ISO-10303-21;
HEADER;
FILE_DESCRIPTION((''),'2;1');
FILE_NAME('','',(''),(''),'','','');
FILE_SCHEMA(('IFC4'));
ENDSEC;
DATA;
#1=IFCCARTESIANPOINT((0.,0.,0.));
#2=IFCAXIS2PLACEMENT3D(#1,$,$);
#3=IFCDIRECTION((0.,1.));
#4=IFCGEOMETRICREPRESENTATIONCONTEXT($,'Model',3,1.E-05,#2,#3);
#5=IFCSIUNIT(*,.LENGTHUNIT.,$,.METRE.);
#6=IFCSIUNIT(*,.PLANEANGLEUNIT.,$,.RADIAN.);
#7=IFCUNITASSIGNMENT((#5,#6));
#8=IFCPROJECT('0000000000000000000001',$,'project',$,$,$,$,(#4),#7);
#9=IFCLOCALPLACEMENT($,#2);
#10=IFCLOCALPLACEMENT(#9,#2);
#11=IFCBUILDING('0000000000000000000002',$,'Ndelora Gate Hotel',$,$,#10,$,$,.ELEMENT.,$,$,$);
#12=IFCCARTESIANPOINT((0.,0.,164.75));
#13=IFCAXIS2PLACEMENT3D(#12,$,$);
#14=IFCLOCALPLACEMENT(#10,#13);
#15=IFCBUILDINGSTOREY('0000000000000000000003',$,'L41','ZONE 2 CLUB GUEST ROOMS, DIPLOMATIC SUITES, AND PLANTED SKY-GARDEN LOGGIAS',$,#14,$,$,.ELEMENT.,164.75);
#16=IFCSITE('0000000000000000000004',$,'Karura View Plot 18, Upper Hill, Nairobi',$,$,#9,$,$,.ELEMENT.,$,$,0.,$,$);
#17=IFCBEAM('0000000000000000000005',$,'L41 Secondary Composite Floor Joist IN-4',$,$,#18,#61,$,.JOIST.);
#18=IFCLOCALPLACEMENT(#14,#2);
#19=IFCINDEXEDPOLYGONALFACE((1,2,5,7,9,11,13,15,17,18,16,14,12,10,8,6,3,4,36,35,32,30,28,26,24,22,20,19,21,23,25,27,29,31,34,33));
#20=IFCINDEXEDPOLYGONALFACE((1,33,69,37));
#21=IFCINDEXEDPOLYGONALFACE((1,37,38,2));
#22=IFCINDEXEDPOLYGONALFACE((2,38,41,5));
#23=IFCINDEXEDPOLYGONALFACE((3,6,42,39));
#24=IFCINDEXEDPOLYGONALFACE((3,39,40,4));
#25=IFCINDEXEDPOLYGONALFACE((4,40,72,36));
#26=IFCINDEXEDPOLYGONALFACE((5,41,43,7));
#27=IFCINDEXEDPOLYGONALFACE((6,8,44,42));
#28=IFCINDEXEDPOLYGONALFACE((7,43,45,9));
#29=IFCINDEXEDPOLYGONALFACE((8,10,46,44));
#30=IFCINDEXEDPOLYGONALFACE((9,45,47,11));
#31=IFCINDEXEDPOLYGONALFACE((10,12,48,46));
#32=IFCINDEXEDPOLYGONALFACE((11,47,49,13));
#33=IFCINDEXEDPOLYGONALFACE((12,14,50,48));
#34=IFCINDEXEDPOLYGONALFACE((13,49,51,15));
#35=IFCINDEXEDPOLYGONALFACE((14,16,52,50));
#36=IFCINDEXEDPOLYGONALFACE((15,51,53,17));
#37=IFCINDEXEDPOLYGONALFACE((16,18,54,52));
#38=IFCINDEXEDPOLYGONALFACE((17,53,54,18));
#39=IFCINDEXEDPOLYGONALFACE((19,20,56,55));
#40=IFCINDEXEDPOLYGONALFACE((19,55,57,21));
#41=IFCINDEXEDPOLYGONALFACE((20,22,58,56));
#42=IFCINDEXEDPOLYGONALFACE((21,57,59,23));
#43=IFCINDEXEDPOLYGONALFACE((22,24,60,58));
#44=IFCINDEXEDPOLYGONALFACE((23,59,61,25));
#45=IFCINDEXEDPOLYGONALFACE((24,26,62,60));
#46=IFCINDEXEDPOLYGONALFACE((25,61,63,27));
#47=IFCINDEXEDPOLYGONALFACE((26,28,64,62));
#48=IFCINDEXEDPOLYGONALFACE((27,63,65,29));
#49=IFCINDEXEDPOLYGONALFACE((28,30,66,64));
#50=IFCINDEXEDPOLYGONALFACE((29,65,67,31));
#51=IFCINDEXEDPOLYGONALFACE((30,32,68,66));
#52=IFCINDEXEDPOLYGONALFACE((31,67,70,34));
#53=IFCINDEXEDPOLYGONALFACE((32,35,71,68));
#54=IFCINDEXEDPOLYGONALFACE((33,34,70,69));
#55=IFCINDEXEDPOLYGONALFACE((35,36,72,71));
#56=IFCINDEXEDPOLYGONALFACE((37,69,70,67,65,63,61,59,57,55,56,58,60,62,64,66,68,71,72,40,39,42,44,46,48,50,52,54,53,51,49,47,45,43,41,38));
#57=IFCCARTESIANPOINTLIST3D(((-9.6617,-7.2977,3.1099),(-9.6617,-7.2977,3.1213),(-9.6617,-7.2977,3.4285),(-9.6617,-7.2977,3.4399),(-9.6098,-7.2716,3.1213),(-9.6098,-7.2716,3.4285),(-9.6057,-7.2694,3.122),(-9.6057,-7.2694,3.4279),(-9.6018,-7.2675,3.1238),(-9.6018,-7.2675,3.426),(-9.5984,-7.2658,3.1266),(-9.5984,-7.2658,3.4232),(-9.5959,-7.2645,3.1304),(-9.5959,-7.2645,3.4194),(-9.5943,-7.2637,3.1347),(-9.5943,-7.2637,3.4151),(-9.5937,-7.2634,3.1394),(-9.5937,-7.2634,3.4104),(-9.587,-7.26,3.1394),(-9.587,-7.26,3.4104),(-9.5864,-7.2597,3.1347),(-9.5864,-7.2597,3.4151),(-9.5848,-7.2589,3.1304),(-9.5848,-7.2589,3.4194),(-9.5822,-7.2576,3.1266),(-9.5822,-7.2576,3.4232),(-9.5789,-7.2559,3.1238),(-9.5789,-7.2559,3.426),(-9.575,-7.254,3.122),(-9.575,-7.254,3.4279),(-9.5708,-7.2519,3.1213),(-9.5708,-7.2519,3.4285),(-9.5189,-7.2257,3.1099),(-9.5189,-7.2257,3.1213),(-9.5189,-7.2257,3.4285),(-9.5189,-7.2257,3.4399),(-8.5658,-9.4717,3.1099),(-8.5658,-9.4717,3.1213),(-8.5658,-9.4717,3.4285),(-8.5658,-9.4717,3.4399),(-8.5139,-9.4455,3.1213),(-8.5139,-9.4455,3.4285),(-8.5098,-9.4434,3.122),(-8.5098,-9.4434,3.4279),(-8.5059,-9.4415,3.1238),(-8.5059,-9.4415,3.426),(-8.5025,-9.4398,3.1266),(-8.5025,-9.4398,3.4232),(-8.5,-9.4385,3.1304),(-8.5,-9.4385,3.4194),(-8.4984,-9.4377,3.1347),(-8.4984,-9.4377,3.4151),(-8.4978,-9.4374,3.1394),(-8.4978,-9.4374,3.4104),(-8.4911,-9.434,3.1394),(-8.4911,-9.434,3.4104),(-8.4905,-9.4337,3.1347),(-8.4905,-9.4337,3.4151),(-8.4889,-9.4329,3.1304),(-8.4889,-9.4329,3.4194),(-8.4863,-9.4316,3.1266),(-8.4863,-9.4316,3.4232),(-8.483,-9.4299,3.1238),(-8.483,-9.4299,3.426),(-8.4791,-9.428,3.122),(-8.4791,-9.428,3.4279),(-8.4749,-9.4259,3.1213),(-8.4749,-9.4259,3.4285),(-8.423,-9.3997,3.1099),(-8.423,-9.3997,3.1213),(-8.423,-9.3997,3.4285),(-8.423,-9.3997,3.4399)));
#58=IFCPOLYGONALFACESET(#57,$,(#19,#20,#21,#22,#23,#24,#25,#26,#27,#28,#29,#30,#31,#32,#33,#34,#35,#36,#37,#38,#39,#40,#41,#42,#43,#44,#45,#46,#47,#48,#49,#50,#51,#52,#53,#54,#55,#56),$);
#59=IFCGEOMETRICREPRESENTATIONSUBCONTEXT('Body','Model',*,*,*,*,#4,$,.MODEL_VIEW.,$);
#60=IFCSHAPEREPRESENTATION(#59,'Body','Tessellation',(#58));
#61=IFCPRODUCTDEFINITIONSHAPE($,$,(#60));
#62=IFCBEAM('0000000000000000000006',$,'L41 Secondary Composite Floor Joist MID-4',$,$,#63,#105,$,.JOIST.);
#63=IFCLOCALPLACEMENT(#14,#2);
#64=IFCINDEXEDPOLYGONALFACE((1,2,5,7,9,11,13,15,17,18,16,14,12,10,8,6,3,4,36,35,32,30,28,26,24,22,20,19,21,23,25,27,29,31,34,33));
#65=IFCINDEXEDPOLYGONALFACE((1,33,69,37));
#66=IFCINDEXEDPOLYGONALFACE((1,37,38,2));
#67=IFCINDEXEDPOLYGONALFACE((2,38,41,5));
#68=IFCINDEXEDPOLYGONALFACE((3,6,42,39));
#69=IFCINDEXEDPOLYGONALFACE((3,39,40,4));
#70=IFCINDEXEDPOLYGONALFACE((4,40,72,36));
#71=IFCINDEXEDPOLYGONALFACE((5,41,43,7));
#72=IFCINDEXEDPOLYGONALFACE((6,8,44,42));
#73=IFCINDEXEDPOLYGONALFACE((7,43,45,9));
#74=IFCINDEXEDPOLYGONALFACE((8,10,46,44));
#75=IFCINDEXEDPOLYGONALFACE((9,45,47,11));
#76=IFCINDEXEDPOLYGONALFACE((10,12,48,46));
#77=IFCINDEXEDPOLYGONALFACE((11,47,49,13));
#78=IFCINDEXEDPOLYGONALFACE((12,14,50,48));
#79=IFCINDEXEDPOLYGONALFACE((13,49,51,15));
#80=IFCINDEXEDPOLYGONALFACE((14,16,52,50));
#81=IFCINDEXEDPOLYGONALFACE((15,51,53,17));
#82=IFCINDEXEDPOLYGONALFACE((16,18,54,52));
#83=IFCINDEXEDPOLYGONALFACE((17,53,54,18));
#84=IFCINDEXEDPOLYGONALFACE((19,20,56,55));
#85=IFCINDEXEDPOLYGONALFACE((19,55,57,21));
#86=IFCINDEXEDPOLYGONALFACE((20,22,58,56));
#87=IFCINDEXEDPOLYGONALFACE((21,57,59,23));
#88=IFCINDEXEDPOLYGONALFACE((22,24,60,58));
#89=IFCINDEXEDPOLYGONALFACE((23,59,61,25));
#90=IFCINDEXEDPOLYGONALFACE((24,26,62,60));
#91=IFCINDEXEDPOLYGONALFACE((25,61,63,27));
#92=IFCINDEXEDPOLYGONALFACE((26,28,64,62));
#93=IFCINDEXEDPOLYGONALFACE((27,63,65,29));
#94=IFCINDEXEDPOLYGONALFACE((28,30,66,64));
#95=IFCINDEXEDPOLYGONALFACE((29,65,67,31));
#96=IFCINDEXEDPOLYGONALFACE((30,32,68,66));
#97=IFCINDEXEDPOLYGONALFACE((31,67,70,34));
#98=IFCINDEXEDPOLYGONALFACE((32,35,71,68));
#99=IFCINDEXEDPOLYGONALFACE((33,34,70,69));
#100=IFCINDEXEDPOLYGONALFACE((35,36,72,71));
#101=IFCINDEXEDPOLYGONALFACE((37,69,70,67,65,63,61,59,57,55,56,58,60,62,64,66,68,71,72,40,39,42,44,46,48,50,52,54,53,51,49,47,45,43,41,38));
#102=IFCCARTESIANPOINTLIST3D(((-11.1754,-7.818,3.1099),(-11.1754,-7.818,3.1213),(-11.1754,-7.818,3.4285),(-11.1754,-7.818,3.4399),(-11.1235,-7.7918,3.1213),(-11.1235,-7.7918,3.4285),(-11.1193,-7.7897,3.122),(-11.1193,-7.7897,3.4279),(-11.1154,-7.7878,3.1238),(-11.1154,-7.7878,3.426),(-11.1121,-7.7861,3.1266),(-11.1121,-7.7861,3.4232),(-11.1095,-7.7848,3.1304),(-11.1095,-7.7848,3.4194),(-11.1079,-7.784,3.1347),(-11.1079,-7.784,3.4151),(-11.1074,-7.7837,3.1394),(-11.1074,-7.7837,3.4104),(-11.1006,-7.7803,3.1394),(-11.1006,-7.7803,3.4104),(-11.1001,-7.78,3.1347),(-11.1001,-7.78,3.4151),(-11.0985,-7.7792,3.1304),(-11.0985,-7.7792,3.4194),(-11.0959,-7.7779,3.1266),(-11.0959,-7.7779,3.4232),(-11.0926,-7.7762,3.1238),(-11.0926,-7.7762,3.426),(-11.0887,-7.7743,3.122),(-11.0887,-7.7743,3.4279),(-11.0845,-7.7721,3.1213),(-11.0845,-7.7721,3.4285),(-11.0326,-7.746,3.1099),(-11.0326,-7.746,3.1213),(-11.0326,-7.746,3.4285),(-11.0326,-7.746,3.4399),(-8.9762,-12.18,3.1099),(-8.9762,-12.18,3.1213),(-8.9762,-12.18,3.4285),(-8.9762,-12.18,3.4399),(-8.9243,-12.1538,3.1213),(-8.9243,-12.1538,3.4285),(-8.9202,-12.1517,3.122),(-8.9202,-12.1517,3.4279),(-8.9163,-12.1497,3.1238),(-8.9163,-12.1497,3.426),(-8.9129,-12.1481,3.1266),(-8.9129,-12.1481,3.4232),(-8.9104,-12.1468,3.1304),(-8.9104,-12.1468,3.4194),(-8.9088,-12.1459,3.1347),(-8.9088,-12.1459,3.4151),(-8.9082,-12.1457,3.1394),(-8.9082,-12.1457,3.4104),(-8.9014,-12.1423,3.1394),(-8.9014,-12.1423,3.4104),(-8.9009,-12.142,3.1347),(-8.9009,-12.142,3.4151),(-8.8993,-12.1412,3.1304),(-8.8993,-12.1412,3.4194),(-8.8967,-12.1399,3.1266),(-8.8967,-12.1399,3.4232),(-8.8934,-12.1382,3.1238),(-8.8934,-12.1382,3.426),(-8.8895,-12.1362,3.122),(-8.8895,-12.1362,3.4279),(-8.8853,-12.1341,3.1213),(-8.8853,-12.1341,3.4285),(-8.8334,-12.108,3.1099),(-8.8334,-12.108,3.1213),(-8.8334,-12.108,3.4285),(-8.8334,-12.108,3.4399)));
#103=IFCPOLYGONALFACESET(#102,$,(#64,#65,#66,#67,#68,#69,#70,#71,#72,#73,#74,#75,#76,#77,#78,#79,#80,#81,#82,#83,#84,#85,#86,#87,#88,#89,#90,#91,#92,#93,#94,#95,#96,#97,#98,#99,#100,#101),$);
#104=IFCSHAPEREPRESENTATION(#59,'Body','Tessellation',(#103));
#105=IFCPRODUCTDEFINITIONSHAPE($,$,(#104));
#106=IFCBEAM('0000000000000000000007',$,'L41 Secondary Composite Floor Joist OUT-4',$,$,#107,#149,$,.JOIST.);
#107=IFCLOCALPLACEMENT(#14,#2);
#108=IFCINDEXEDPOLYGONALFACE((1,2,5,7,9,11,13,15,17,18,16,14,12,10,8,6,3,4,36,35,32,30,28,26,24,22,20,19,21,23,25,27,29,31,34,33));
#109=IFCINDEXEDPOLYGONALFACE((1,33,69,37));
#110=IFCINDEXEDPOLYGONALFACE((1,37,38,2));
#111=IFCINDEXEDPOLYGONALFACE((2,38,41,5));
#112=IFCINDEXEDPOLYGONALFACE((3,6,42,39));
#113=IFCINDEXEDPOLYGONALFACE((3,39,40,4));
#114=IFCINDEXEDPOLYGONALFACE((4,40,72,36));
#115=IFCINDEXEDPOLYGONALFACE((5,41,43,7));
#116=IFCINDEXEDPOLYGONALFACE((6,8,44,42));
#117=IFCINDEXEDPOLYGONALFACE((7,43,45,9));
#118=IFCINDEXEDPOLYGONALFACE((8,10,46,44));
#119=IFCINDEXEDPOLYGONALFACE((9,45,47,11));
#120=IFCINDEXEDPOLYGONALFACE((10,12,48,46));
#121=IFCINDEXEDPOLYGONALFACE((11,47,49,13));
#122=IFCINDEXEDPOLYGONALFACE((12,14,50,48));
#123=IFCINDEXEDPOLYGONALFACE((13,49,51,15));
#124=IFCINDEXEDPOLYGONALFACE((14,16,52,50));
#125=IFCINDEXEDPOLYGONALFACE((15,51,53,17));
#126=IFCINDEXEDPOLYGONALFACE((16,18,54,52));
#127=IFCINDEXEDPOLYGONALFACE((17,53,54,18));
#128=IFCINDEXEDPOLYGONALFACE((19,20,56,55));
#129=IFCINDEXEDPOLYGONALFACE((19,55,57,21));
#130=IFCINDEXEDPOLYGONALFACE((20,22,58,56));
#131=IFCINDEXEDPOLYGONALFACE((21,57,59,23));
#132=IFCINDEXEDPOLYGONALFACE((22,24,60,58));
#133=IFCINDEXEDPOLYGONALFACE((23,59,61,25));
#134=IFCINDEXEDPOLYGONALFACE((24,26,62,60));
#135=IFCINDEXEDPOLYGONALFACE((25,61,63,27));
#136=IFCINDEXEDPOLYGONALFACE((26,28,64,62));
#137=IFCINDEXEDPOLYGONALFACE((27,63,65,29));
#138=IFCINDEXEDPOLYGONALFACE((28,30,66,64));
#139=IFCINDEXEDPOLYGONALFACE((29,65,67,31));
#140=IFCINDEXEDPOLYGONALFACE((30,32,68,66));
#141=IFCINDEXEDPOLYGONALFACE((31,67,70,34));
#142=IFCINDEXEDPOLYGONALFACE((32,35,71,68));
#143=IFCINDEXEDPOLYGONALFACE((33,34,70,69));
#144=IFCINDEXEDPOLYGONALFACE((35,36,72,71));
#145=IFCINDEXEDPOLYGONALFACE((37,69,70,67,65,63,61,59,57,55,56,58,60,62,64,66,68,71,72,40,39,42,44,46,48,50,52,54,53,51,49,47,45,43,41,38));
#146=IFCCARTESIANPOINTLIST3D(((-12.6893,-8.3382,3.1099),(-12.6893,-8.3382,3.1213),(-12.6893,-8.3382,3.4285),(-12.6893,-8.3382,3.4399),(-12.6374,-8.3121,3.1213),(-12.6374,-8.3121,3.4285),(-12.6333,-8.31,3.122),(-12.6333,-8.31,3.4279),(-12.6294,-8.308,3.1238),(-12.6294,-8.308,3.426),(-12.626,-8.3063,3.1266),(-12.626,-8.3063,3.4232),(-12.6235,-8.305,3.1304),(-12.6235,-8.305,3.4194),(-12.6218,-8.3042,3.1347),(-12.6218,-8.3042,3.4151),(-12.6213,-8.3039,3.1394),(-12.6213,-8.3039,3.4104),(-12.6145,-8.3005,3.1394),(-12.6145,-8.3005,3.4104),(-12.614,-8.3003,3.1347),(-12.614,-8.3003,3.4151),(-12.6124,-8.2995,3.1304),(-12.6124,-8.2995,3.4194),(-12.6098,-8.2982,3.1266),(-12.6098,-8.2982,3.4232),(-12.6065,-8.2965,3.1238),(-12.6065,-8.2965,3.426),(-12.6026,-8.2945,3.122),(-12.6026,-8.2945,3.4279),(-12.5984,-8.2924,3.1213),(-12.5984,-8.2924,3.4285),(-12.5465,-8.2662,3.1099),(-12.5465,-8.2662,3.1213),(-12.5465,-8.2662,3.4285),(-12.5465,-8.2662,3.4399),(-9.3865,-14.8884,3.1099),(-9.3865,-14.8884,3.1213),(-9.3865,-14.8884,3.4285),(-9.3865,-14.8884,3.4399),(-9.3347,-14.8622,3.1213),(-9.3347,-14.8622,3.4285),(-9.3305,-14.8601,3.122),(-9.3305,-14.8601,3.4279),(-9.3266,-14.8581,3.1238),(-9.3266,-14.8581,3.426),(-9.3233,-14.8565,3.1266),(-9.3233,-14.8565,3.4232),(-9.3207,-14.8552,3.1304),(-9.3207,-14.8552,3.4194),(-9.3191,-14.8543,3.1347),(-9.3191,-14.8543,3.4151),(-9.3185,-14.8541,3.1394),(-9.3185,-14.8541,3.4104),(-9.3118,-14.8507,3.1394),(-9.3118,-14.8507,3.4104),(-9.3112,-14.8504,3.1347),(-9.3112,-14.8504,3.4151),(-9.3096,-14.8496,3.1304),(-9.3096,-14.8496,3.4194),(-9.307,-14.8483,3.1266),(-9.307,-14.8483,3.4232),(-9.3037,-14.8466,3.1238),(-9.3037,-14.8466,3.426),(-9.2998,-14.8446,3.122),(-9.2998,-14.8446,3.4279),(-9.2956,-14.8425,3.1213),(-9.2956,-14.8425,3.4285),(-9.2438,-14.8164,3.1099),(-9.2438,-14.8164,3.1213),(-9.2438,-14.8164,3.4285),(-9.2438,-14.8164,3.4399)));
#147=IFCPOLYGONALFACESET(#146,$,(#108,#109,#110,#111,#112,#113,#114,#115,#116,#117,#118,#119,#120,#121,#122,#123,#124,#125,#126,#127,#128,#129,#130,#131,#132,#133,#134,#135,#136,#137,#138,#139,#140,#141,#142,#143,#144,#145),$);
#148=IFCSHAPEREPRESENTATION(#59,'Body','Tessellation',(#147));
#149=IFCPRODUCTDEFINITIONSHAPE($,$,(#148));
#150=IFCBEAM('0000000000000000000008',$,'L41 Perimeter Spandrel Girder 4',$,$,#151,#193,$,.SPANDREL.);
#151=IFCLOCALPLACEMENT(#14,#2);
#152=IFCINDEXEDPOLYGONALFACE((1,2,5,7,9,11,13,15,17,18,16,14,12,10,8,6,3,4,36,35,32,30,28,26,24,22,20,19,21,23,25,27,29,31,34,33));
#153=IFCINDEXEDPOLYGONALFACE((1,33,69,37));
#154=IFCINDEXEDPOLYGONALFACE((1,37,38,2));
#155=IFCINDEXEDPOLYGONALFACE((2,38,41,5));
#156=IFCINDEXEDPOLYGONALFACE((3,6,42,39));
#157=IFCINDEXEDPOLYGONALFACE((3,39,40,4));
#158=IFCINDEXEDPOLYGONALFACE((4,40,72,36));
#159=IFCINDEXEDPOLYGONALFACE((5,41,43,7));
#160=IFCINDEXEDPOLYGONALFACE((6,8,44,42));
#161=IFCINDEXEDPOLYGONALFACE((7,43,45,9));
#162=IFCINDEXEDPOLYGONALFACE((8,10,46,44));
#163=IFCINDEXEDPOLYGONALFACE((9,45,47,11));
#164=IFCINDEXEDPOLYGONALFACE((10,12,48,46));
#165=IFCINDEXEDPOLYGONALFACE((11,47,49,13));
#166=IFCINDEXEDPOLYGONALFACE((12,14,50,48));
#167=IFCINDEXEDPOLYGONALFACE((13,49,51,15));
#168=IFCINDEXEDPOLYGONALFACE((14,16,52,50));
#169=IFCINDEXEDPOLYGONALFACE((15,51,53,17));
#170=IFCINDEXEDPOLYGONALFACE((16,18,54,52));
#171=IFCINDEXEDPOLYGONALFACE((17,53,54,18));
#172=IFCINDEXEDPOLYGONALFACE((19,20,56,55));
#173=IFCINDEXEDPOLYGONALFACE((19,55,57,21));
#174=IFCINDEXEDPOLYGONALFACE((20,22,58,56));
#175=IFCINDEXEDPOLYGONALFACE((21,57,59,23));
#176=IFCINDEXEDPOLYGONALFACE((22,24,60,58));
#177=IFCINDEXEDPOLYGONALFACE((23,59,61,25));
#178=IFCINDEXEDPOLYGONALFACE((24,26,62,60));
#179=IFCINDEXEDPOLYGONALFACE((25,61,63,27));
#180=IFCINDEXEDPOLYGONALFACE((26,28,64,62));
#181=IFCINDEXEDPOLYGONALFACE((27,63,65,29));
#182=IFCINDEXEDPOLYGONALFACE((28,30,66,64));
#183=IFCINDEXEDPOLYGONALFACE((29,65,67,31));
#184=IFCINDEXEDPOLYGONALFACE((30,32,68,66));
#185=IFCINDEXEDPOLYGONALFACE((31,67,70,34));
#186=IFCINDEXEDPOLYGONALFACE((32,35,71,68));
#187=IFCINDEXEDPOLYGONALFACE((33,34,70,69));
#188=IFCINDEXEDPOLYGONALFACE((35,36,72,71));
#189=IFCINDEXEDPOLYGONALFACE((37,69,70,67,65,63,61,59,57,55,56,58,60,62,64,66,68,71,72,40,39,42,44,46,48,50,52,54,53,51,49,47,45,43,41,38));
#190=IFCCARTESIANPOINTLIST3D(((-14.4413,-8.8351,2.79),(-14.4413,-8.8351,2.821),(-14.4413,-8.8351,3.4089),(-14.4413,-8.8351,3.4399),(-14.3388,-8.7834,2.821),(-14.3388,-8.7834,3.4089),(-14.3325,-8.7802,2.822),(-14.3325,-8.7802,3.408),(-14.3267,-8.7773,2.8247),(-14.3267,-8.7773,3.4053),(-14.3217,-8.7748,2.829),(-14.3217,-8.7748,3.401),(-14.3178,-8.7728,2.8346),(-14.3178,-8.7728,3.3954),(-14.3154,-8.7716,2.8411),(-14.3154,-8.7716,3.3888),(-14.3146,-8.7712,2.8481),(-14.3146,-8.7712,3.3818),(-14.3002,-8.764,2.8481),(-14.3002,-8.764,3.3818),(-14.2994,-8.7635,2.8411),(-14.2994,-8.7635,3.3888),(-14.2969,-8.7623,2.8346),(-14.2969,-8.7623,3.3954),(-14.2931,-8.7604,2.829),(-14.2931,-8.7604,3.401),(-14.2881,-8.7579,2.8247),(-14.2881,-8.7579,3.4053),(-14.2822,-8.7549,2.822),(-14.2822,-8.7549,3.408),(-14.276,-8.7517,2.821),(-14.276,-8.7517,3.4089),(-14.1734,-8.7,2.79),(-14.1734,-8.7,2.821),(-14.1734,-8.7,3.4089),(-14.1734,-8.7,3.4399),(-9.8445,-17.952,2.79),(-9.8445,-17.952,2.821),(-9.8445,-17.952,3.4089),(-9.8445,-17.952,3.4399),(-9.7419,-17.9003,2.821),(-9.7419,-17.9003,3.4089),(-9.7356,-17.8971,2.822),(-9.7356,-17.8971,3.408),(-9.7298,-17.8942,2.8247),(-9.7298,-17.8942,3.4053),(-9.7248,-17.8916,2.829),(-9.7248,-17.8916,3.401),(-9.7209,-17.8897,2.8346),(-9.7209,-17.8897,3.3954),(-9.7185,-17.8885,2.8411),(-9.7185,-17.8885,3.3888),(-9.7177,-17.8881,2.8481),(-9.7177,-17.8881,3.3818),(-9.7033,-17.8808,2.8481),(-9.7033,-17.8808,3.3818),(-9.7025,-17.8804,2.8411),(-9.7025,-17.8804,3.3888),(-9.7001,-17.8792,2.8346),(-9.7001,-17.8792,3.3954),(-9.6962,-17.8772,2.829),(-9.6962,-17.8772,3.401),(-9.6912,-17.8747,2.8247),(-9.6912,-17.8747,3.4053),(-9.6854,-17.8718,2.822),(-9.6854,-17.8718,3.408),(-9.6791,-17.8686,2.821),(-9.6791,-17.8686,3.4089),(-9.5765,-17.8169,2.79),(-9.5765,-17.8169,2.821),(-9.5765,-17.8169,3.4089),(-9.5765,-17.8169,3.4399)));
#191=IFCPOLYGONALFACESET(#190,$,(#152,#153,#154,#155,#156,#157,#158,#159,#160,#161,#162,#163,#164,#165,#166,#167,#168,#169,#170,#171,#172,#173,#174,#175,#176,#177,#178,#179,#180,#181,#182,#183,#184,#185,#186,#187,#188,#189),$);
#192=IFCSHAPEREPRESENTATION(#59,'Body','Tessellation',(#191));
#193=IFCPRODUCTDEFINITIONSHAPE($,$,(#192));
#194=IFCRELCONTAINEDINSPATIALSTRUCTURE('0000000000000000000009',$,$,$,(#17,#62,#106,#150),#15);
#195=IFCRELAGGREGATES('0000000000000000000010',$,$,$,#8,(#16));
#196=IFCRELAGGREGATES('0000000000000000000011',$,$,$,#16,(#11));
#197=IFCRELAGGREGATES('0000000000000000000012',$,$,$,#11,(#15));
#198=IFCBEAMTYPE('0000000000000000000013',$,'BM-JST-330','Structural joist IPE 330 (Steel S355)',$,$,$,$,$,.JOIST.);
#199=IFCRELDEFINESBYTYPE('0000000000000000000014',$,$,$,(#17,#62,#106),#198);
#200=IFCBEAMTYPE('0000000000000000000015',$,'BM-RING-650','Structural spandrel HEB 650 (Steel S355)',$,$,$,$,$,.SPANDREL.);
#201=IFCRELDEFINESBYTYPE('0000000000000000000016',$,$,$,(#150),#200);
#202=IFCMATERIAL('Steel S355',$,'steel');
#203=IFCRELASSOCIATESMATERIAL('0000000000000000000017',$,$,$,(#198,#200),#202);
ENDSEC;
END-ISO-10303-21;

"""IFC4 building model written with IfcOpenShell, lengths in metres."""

from ifc_helpers import new_model, si_unit, direction, frame, origin, origin_2d, place, context, subcontext, project, spatial, i_section, extrude, material, material_profile, profile_set, type_object, element, save


model = new_model("IFC4")

# Units and contexts
model_context = context("Model", 3, precision=1e-05, world=origin(), true_north=direction((0.0, 1.0)))
body_context = subcontext(model_context, "Body", "Model", "MODEL_VIEW")
ifc_project = project(units=[si_unit("LENGTHUNIT", "METRE"), si_unit("PLANEANGLEUNIT", "RADIAN")], contexts=[model_context])

# Site, building, storey
site_placement = place(None, origin())
site = spatial("IfcSite", under=ifc_project, at=site_placement, Name="Karura View Plot 18, Upper Hill, Nairobi", CompositionType="ELEMENT", RefElevation=0.0)
building_placement = place(site_placement, origin())
building = spatial("IfcBuilding", under=site, at=building_placement, Name="Ndelora Gate Hotel", CompositionType="ELEMENT")
storey_placement = place(building_placement, frame((0.0, 0.0, 164.75)))
storey = spatial("IfcBuildingStorey", under=building, at=storey_placement, Name="L41", Description="ZONE 2 CLUB GUEST ROOMS, DIPLOMATIC SUITES, AND PLANTED SKY-GARDEN LOGGIAS", CompositionType="ELEMENT", Elevation=164.75)

# Beams
ifc_material_1 = material(Name="Steel S355", Category="steel")
ifc_material_profile_1 = material_profile(ifc_material_1, i_section(OverallWidth=0.1599, OverallDepth=0.3301, WebThickness=0.0076, FlangeThickness=0.0115, FilletRadius=0.0181, at=origin_2d()), Name="IPE 330")
ifc_profile_set_1 = profile_set([ifc_material_profile_1], Name="Steel S355")
beam_type_1 = type_object("IfcBeamType", Name="BM-JST-330", Description="Structural joist IPE 330 (Steel S355)", PredefinedType="JOIST", material=ifc_profile_set_1)
beam_1_placement = place(storey_placement, frame((-9.5903, -7.2617, 3.2749), z_axis=(0.450139, -0.892958, 0.0), x_axis=(0.892958, 0.450139, 0.0)))
element("IfcBeam", 1, at=beam_1_placement, inside=storey, type_object=beam_type_1, Name="L41 Secondary Composite Floor Joist IN-4", PredefinedType="JOIST", context=body_context, shape_type="SweptSolid", body=[
    extrude(i_section(OverallWidth=0.1599, OverallDepth=0.3301, WebThickness=0.0076, FlangeThickness=0.0115, FilletRadius=0.0181, at=origin_2d()), origin(), (0.0, 0.0, 1.0), 2.4346),
])
beam_2_placement = place(storey_placement, frame((-11.104, -7.782, 3.2749), z_axis=(0.45019, -0.892933, 0.0), x_axis=(0.892933, 0.45019, 0.0)))
element("IfcBeam", 2, at=beam_2_placement, inside=storey, type_object=beam_type_1, Name="L41 Secondary Composite Floor Joist MID-4", PredefinedType="JOIST", context=body_context, shape_type="SweptSolid", body=[
    extrude(i_section(OverallWidth=0.1599, OverallDepth=0.3301, WebThickness=0.0076, FlangeThickness=0.0115, FilletRadius=0.0181, at=origin_2d()), origin(), (0.0, 0.0, 1.0), 4.885),
])
beam_3_placement = place(storey_placement, frame((-12.6179, -8.3022, 3.2749), z_axis=(0.450233, -0.892911, 0.0), x_axis=(0.892911, 0.450233, 0.0)))
element("IfcBeam", 3, at=beam_3_placement, inside=storey, type_object=beam_type_1, Name="L41 Secondary Composite Floor Joist OUT-4", PredefinedType="JOIST", context=body_context, shape_type="SweptSolid", body=[
    extrude(i_section(OverallWidth=0.1599, OverallDepth=0.3301, WebThickness=0.0076, FlangeThickness=0.0115, FilletRadius=0.0181, at=origin_2d()), origin(), (0.0, 0.0, 1.0), 7.3357),
])
ifc_material_profile_2 = material_profile(ifc_material_1, i_section(OverallWidth=0.3, OverallDepth=0.6499, WebThickness=0.0161, FlangeThickness=0.031, FilletRadius=0.0271, at=origin_2d()), Name="HEB 650")
ifc_profile_set_2 = profile_set([ifc_material_profile_2], Name="Steel S355")
beam_type_2 = type_object("IfcBeamType", Name="BM-RING-650", Description="Structural spandrel HEB 650 (Steel S355)", PredefinedType="SPANDREL", material=ifc_profile_set_2)
beam_4_placement = place(storey_placement, frame((-14.3074, -8.7676, 3.115), z_axis=(0.450224, -0.892916, 0.0), x_axis=(0.892916, 0.450224, 0.0)))
element("IfcBeam", 4, at=beam_4_placement, inside=storey, type_object=beam_type_2, Name="L41 Perimeter Spandrel Girder 4", PredefinedType="SPANDREL", context=body_context, shape_type="SweptSolid", body=[
    extrude(i_section(OverallWidth=0.3, OverallDepth=0.6499, WebThickness=0.0161, FlangeThickness=0.031, FilletRadius=0.0271, at=origin_2d()), origin(), (0.0, 0.0, 1.0), 10.2102),
])

save(model, "model.ifc")
